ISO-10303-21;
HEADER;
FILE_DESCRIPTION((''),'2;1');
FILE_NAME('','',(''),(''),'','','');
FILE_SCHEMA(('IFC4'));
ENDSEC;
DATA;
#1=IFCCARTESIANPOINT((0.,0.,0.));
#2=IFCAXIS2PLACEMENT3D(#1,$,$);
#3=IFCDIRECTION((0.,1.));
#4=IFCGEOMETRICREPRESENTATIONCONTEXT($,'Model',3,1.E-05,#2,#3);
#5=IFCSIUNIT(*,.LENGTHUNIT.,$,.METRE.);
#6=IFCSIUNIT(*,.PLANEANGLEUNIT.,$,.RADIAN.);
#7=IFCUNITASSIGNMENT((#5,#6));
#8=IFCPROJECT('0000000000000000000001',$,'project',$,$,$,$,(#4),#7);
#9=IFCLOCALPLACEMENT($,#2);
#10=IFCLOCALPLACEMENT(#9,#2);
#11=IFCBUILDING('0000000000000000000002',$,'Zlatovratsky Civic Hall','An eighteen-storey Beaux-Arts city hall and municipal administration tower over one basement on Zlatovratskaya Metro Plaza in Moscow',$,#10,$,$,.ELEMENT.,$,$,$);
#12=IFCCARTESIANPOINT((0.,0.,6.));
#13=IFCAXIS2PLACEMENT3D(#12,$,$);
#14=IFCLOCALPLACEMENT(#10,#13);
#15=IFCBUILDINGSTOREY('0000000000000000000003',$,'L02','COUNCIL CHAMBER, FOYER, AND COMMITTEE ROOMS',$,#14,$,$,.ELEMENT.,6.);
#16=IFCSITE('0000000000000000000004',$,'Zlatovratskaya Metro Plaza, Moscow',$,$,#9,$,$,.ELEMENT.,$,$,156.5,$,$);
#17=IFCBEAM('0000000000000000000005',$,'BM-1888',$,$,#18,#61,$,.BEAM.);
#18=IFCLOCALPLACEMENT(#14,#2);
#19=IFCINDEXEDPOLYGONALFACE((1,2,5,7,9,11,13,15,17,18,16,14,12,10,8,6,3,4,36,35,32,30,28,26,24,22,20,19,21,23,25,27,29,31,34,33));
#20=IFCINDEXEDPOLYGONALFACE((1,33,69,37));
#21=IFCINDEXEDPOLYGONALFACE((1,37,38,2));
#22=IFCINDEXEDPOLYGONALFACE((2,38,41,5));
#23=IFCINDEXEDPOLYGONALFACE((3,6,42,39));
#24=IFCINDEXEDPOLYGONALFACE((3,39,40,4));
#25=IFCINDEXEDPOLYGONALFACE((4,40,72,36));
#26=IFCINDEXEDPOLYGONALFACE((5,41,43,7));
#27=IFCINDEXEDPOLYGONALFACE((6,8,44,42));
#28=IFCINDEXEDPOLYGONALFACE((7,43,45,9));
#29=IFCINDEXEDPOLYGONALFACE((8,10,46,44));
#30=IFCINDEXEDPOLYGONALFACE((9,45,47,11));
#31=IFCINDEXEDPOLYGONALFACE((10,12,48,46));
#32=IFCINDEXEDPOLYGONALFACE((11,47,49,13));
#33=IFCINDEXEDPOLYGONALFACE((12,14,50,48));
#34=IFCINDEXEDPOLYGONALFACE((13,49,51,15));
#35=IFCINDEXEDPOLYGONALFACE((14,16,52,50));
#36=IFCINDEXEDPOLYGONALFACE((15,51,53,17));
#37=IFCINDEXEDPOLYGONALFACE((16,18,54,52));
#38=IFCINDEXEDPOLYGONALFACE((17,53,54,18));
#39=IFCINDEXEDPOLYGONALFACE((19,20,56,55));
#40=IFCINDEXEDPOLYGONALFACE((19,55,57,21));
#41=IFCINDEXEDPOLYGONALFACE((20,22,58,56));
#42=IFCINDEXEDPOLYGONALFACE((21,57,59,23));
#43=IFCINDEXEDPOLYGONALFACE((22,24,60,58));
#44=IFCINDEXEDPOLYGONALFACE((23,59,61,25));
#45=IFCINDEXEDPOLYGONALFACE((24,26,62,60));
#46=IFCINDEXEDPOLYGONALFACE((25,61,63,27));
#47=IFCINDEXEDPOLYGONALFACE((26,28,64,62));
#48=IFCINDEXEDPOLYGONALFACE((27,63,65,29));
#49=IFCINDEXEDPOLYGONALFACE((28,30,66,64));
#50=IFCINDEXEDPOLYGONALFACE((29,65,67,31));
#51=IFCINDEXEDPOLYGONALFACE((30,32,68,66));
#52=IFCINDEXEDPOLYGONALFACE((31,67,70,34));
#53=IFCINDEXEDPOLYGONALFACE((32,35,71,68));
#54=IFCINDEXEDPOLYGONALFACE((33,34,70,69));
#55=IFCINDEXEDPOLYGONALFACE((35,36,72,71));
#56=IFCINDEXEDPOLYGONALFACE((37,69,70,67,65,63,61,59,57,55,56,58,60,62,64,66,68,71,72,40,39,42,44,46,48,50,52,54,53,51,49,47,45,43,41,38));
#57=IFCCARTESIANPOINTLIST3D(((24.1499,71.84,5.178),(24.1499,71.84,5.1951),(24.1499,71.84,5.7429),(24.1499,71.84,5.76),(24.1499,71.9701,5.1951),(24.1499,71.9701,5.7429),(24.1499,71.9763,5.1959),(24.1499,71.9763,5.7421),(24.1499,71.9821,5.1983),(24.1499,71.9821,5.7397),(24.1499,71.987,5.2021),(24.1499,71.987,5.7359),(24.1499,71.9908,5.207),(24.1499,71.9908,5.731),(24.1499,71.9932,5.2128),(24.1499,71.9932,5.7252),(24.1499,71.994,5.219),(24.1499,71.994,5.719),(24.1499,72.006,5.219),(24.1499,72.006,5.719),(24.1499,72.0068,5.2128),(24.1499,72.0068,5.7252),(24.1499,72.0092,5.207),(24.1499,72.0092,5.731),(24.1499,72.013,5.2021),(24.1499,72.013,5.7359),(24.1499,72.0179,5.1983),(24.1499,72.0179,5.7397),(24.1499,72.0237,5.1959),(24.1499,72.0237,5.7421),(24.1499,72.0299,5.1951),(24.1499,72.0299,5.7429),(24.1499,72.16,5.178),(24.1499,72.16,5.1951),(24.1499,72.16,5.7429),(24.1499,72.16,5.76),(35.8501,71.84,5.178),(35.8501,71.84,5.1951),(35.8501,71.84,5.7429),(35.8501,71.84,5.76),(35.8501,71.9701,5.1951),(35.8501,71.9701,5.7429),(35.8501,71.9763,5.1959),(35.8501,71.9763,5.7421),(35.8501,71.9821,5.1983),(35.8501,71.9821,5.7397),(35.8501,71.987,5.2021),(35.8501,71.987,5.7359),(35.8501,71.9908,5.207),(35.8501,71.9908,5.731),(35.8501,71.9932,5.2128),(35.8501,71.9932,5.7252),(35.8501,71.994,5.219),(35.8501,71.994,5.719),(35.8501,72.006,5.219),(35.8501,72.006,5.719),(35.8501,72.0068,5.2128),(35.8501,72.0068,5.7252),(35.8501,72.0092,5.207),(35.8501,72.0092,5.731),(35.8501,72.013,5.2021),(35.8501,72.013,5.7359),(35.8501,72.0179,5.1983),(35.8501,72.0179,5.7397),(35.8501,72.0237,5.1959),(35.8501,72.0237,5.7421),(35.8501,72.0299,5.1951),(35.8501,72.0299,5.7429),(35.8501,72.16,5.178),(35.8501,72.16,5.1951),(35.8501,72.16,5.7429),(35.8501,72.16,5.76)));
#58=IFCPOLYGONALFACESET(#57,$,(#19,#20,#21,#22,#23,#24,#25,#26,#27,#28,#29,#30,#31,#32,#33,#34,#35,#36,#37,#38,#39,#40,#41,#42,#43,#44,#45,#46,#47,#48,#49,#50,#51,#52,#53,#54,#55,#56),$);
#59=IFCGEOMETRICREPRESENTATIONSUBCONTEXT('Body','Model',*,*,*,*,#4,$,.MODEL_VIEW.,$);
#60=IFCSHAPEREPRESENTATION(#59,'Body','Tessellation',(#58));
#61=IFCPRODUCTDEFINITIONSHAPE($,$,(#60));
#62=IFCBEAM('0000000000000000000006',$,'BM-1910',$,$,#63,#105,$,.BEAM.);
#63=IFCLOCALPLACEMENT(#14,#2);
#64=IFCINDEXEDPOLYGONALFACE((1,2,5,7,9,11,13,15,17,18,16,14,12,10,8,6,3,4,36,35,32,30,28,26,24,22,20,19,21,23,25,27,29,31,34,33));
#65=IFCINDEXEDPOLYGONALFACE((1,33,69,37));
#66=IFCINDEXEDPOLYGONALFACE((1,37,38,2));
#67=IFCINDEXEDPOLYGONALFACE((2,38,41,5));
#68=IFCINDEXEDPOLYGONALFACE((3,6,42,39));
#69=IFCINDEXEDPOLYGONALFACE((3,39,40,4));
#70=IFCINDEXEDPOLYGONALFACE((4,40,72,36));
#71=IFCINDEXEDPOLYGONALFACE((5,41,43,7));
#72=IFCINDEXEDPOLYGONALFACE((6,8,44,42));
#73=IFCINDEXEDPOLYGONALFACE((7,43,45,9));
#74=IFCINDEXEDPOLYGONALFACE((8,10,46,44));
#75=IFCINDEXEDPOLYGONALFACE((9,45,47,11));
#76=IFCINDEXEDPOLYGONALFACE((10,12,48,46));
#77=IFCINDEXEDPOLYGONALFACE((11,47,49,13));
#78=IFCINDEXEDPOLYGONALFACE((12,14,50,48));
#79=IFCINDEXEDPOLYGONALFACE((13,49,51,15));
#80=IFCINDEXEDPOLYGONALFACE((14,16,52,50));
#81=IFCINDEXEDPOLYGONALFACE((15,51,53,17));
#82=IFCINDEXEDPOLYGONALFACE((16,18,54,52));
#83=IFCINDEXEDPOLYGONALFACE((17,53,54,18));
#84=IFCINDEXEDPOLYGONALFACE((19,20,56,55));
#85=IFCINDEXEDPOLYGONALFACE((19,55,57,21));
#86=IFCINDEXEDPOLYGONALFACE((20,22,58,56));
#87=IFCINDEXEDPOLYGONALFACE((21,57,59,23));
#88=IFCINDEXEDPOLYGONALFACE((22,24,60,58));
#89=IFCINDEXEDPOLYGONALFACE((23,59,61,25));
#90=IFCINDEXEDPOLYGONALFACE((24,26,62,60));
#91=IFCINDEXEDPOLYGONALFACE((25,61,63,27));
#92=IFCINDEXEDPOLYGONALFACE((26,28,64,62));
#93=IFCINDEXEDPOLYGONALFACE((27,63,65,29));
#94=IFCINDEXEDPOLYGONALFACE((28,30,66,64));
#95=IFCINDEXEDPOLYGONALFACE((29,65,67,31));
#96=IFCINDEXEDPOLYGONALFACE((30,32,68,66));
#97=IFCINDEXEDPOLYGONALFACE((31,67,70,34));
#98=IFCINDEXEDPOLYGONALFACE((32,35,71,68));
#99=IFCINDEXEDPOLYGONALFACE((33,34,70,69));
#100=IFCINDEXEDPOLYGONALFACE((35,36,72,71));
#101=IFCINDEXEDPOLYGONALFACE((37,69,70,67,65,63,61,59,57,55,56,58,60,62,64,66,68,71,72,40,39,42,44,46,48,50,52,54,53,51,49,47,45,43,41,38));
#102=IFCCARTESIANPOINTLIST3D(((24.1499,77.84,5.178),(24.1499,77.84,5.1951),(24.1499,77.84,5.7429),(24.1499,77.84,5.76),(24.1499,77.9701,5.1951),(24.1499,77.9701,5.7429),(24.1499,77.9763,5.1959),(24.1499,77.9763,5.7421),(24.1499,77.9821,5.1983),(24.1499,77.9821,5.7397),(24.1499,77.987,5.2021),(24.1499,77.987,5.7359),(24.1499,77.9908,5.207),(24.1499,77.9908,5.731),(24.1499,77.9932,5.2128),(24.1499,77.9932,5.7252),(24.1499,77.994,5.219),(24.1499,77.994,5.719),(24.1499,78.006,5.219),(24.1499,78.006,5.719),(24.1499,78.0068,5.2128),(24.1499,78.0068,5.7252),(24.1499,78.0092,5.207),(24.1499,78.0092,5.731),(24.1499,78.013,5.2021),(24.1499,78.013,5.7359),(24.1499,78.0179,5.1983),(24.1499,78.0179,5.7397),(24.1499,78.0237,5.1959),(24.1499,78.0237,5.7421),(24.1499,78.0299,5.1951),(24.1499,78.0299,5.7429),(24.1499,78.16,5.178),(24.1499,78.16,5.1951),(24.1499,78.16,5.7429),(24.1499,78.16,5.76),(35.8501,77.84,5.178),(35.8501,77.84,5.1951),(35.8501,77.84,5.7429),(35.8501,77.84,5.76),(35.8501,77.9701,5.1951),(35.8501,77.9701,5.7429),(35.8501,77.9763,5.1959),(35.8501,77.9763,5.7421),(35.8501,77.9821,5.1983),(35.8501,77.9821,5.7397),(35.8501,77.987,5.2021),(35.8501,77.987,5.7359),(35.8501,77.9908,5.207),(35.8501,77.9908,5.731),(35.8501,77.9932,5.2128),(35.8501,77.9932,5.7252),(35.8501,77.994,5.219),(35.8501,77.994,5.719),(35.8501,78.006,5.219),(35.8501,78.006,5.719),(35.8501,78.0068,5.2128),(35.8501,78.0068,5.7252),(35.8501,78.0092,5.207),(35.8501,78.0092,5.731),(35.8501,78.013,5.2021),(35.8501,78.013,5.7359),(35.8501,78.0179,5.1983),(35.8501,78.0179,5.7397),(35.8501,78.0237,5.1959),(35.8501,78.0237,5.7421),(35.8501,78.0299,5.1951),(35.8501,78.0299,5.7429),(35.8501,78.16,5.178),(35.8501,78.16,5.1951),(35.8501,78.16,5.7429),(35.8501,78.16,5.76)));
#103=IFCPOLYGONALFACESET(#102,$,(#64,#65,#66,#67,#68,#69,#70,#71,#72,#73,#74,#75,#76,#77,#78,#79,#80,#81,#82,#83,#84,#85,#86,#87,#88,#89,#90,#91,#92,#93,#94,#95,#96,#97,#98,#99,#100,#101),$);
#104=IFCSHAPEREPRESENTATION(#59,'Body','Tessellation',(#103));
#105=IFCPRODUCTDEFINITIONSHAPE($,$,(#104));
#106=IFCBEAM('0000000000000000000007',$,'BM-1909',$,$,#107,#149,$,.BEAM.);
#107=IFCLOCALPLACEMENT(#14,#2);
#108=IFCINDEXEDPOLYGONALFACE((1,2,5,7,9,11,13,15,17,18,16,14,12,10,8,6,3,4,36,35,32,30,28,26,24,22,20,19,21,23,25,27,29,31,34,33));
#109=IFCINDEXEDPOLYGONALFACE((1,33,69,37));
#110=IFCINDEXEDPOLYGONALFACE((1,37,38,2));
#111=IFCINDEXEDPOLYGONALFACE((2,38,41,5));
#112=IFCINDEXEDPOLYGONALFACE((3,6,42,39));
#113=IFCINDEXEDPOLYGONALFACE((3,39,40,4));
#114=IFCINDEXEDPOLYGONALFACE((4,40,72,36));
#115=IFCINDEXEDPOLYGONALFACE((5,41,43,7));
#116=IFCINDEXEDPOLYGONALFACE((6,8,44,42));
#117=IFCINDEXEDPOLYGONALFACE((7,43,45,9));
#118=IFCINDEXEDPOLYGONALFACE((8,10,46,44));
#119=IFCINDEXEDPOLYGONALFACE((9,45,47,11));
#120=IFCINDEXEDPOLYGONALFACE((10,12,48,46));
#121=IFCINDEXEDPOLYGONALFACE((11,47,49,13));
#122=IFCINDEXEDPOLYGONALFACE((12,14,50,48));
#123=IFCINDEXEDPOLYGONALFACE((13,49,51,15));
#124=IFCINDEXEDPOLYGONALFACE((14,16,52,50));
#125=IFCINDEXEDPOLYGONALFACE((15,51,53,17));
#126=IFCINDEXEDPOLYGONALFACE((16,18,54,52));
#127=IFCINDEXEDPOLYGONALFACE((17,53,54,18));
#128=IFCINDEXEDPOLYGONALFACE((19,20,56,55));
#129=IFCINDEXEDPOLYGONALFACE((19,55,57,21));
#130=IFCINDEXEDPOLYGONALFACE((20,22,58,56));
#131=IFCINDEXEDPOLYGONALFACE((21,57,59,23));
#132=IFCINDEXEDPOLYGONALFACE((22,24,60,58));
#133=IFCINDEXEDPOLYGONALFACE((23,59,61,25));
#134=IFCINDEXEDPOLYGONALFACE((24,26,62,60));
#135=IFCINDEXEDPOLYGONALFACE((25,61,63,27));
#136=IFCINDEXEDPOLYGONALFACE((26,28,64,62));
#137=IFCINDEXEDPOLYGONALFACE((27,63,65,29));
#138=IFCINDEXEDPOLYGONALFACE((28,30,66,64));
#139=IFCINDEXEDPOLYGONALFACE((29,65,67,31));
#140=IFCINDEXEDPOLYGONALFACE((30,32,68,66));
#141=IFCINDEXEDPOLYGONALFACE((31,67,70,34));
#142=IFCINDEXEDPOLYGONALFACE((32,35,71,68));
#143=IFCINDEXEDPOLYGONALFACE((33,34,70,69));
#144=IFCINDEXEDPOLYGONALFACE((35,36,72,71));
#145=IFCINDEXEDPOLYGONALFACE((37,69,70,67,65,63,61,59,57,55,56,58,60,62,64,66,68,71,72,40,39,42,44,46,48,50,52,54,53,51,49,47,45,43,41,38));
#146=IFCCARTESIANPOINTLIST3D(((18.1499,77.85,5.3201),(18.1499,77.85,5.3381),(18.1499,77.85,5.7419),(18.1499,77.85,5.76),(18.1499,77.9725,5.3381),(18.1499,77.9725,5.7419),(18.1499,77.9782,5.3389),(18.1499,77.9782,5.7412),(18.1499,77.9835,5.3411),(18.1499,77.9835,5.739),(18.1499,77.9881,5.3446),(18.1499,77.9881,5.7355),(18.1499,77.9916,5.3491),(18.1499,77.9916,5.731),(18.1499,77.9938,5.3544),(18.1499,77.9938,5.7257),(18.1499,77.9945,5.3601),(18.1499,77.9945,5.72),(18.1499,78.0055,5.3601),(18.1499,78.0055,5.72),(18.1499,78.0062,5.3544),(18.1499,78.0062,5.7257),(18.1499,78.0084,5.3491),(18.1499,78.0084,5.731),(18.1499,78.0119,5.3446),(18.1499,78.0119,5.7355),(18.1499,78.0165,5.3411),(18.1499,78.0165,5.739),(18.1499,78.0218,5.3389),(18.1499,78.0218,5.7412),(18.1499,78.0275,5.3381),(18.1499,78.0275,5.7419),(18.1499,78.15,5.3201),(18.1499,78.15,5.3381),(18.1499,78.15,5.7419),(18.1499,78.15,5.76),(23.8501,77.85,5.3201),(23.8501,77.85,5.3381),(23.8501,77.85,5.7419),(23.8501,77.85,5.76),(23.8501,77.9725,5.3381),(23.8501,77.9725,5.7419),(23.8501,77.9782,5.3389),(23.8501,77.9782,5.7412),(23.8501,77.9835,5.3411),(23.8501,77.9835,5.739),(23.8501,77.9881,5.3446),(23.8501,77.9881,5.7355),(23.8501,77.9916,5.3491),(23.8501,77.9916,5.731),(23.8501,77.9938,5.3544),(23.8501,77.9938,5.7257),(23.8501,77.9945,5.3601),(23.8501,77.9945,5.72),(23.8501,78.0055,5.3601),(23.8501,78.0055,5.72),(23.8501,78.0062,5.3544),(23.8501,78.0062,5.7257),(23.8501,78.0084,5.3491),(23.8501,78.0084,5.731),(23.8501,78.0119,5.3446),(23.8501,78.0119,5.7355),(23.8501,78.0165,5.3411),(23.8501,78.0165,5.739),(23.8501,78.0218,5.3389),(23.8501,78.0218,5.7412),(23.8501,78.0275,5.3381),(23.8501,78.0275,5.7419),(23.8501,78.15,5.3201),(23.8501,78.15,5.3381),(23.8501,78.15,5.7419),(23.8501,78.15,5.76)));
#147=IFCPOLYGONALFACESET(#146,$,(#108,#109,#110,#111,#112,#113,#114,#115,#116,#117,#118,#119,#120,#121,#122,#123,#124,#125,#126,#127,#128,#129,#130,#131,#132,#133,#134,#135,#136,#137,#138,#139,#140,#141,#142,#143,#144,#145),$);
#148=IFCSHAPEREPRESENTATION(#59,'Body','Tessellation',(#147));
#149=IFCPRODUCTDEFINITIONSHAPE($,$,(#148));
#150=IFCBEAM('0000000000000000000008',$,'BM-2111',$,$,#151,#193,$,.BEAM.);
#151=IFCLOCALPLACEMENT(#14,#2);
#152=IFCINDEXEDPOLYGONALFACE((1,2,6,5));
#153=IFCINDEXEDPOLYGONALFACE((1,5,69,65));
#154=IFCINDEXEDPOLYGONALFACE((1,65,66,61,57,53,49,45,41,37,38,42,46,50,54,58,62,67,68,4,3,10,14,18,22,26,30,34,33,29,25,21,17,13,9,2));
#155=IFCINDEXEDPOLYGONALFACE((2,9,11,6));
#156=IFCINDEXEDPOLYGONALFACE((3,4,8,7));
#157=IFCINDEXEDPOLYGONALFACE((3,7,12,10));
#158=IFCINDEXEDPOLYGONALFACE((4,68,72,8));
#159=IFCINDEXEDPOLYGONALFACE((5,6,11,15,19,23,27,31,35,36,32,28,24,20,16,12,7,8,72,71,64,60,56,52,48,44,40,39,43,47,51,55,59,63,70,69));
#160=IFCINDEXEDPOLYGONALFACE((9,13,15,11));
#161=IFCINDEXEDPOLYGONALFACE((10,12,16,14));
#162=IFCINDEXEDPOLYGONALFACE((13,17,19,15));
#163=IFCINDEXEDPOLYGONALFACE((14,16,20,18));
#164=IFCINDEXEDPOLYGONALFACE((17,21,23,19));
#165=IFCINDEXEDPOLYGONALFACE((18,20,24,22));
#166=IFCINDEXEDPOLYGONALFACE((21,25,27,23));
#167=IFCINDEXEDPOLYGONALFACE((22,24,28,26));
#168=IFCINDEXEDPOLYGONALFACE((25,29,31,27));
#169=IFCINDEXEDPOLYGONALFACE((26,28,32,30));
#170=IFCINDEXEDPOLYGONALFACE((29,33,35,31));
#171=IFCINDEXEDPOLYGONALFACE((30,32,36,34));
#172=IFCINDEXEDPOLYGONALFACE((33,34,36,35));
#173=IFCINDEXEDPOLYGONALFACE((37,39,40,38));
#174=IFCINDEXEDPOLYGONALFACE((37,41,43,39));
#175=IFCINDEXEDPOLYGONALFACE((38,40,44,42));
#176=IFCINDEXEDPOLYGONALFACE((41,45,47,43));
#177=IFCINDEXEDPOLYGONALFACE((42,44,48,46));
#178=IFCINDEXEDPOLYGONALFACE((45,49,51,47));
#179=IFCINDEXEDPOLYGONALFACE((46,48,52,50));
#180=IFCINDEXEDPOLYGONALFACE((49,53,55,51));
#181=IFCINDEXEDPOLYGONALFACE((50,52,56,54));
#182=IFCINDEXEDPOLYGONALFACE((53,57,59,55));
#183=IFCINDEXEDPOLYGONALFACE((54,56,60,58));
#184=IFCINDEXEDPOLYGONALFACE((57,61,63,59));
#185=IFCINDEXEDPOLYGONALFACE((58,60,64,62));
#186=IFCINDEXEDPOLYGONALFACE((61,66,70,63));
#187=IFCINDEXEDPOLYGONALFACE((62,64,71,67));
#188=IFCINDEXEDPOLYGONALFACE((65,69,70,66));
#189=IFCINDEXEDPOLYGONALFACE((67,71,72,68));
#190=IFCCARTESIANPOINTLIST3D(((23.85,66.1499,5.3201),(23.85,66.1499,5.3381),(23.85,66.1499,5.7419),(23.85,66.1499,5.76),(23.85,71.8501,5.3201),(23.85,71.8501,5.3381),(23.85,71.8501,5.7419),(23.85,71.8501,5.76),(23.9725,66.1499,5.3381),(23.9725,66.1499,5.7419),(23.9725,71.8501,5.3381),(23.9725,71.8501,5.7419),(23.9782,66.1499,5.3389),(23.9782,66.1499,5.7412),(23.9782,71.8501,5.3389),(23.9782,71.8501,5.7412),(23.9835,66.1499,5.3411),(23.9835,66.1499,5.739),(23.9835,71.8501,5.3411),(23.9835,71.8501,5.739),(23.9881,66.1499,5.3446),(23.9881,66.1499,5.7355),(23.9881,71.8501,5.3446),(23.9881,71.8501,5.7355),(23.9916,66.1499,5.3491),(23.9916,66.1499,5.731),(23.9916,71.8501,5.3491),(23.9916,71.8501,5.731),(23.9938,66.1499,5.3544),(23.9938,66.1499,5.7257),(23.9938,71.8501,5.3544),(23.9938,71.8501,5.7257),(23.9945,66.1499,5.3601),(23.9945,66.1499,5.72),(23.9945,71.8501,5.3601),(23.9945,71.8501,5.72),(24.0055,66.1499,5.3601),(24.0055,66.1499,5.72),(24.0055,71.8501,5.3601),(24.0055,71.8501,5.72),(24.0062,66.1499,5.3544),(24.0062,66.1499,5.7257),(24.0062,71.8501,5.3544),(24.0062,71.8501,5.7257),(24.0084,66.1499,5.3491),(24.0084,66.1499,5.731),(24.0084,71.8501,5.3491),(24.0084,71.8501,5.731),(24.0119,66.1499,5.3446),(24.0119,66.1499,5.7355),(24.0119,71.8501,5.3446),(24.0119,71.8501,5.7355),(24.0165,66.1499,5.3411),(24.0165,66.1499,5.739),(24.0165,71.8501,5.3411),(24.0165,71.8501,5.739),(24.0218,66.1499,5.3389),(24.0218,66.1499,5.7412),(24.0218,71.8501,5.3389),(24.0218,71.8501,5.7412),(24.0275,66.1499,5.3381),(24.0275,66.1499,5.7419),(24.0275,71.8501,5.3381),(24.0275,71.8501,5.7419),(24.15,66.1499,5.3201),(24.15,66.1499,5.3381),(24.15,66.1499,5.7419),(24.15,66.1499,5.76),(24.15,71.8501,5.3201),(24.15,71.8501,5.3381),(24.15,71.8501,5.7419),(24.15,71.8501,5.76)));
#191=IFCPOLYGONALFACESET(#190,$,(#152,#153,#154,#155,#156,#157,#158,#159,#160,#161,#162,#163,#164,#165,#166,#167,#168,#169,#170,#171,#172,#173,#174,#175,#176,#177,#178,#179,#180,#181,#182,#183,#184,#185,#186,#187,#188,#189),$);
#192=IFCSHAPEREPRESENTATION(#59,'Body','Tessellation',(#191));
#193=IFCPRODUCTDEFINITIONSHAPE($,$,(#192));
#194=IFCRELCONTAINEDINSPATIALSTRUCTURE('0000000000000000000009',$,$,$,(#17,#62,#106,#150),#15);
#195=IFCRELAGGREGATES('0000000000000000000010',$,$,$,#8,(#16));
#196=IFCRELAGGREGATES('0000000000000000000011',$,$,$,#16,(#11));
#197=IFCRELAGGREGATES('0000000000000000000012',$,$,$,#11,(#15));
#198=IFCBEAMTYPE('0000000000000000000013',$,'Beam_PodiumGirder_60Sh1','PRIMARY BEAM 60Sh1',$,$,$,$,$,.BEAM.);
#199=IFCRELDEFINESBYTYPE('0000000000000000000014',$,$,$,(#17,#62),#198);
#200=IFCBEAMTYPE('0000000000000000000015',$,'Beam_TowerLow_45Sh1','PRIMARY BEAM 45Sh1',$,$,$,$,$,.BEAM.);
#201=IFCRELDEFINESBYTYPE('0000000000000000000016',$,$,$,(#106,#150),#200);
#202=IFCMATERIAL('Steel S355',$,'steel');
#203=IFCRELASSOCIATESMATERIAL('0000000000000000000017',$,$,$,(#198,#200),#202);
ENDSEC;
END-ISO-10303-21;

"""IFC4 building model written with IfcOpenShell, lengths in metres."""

from ifc_helpers import new_model, si_unit, direction, frame, origin, origin_2d, place, context, subcontext, project, spatial, i_section, extrude, material, material_profile, profile_set, type_object, element, save


model = new_model("IFC4")

# Units and contexts
model_context = context("Model", 3, precision=1e-05, world=origin(), true_north=direction((0.0, 1.0)))
body_context = subcontext(model_context, "Body", "Model", "MODEL_VIEW")
ifc_project = project(units=[si_unit("LENGTHUNIT", "METRE"), si_unit("PLANEANGLEUNIT", "RADIAN")], contexts=[model_context])

# Site, building, storey
site_placement = place(None, origin())
site = spatial("IfcSite", under=ifc_project, at=site_placement, Name="Zlatovratskaya Metro Plaza, Moscow", CompositionType="ELEMENT", RefElevation=156.5)
building_placement = place(site_placement, origin())
building = spatial("IfcBuilding", under=site, at=building_placement, Name="Zlatovratsky Civic Hall", Description="An eighteen-storey Beaux-Arts city hall and municipal administration tower over one basement on Zlatovratskaya Metro Plaza in Moscow", CompositionType="ELEMENT")
storey_placement = place(building_placement, frame((0.0, 0.0, 6.0)))
storey = spatial("IfcBuildingStorey", under=building, at=storey_placement, Name="L02", Description="COUNCIL CHAMBER, FOYER, AND COMMITTEE ROOMS", CompositionType="ELEMENT", Elevation=6.0)

# Shared definitions
ifc_material_1 = material(Name="Steel S355", Category="steel")

# Beams
ifc_material_profile_1 = material_profile(ifc_material_1, i_section(OverallWidth=0.3201, OverallDepth=0.582, WebThickness=0.012, FlangeThickness=0.0171, FilletRadius=0.0239, at=origin_2d()), Name="60Sh1")
ifc_profile_set_1 = profile_set([ifc_material_profile_1], Name="Steel S355")
beam_type_1 = type_object("IfcBeamType", Name="Beam_PodiumGirder_60Sh1", Description="PRIMARY BEAM 60Sh1", PredefinedType="BEAM", material=ifc_profile_set_1)
for number, where, z_axis, x_axis, name in (
    (1, (24.1499, 72.0, 5.469), (1.0, 0.0, 0.0), (0.0, 1.0, 0.0), "BM-1888"),
    (2, (24.1499, 78.0, 5.469), (1.0, 0.0, 0.0), (0.0, 1.0, 0.0), "BM-1910"),
):
    element("IfcBeam", number, at=place(storey_placement, frame(where, z_axis=z_axis, x_axis=x_axis)), inside=storey, type_object=beam_type_1, Name=name, PredefinedType="BEAM", context=body_context, shape_type="SweptSolid", body=[
        extrude(i_section(OverallWidth=0.3201, OverallDepth=0.582, WebThickness=0.012, FlangeThickness=0.0171, FilletRadius=0.0239, at=origin_2d()), origin(), (0.0, 0.0, 1.0), 11.7002),
    ])
ifc_material_profile_2 = material_profile(ifc_material_1, i_section(OverallWidth=0.3, OverallDepth=0.4399, WebThickness=0.011, FlangeThickness=0.0181, FilletRadius=0.022, at=origin_2d()), Name="45Sh1")
ifc_profile_set_2 = profile_set([ifc_material_profile_2], Name="Steel S355")
beam_type_2 = type_object("IfcBeamType", Name="Beam_TowerLow_45Sh1", Description="PRIMARY BEAM 45Sh1", PredefinedType="BEAM", material=ifc_profile_set_2)
for number, where, z_axis, x_axis, name in (
    (3, (18.1499, 78.0, 5.54), (1.0, 0.0, 0.0), (0.0, 1.0, 0.0), "BM-1909"),
    (4, (24.0, 66.1499, 5.54), (0.0, 1.0, 0.0), (-1.0, 0.0, 0.0), "BM-2111"),
):
    element("IfcBeam", number, at=place(storey_placement, frame(where, z_axis=z_axis, x_axis=x_axis)), inside=storey, type_object=beam_type_2, Name=name, PredefinedType="BEAM", context=body_context, shape_type="SweptSolid", body=[
        extrude(i_section(OverallWidth=0.3, OverallDepth=0.4399, WebThickness=0.011, FlangeThickness=0.0181, FilletRadius=0.022, at=origin_2d()), origin(), (0.0, 0.0, 1.0), 5.7002),
    ])

save(model, "model.ifc")
